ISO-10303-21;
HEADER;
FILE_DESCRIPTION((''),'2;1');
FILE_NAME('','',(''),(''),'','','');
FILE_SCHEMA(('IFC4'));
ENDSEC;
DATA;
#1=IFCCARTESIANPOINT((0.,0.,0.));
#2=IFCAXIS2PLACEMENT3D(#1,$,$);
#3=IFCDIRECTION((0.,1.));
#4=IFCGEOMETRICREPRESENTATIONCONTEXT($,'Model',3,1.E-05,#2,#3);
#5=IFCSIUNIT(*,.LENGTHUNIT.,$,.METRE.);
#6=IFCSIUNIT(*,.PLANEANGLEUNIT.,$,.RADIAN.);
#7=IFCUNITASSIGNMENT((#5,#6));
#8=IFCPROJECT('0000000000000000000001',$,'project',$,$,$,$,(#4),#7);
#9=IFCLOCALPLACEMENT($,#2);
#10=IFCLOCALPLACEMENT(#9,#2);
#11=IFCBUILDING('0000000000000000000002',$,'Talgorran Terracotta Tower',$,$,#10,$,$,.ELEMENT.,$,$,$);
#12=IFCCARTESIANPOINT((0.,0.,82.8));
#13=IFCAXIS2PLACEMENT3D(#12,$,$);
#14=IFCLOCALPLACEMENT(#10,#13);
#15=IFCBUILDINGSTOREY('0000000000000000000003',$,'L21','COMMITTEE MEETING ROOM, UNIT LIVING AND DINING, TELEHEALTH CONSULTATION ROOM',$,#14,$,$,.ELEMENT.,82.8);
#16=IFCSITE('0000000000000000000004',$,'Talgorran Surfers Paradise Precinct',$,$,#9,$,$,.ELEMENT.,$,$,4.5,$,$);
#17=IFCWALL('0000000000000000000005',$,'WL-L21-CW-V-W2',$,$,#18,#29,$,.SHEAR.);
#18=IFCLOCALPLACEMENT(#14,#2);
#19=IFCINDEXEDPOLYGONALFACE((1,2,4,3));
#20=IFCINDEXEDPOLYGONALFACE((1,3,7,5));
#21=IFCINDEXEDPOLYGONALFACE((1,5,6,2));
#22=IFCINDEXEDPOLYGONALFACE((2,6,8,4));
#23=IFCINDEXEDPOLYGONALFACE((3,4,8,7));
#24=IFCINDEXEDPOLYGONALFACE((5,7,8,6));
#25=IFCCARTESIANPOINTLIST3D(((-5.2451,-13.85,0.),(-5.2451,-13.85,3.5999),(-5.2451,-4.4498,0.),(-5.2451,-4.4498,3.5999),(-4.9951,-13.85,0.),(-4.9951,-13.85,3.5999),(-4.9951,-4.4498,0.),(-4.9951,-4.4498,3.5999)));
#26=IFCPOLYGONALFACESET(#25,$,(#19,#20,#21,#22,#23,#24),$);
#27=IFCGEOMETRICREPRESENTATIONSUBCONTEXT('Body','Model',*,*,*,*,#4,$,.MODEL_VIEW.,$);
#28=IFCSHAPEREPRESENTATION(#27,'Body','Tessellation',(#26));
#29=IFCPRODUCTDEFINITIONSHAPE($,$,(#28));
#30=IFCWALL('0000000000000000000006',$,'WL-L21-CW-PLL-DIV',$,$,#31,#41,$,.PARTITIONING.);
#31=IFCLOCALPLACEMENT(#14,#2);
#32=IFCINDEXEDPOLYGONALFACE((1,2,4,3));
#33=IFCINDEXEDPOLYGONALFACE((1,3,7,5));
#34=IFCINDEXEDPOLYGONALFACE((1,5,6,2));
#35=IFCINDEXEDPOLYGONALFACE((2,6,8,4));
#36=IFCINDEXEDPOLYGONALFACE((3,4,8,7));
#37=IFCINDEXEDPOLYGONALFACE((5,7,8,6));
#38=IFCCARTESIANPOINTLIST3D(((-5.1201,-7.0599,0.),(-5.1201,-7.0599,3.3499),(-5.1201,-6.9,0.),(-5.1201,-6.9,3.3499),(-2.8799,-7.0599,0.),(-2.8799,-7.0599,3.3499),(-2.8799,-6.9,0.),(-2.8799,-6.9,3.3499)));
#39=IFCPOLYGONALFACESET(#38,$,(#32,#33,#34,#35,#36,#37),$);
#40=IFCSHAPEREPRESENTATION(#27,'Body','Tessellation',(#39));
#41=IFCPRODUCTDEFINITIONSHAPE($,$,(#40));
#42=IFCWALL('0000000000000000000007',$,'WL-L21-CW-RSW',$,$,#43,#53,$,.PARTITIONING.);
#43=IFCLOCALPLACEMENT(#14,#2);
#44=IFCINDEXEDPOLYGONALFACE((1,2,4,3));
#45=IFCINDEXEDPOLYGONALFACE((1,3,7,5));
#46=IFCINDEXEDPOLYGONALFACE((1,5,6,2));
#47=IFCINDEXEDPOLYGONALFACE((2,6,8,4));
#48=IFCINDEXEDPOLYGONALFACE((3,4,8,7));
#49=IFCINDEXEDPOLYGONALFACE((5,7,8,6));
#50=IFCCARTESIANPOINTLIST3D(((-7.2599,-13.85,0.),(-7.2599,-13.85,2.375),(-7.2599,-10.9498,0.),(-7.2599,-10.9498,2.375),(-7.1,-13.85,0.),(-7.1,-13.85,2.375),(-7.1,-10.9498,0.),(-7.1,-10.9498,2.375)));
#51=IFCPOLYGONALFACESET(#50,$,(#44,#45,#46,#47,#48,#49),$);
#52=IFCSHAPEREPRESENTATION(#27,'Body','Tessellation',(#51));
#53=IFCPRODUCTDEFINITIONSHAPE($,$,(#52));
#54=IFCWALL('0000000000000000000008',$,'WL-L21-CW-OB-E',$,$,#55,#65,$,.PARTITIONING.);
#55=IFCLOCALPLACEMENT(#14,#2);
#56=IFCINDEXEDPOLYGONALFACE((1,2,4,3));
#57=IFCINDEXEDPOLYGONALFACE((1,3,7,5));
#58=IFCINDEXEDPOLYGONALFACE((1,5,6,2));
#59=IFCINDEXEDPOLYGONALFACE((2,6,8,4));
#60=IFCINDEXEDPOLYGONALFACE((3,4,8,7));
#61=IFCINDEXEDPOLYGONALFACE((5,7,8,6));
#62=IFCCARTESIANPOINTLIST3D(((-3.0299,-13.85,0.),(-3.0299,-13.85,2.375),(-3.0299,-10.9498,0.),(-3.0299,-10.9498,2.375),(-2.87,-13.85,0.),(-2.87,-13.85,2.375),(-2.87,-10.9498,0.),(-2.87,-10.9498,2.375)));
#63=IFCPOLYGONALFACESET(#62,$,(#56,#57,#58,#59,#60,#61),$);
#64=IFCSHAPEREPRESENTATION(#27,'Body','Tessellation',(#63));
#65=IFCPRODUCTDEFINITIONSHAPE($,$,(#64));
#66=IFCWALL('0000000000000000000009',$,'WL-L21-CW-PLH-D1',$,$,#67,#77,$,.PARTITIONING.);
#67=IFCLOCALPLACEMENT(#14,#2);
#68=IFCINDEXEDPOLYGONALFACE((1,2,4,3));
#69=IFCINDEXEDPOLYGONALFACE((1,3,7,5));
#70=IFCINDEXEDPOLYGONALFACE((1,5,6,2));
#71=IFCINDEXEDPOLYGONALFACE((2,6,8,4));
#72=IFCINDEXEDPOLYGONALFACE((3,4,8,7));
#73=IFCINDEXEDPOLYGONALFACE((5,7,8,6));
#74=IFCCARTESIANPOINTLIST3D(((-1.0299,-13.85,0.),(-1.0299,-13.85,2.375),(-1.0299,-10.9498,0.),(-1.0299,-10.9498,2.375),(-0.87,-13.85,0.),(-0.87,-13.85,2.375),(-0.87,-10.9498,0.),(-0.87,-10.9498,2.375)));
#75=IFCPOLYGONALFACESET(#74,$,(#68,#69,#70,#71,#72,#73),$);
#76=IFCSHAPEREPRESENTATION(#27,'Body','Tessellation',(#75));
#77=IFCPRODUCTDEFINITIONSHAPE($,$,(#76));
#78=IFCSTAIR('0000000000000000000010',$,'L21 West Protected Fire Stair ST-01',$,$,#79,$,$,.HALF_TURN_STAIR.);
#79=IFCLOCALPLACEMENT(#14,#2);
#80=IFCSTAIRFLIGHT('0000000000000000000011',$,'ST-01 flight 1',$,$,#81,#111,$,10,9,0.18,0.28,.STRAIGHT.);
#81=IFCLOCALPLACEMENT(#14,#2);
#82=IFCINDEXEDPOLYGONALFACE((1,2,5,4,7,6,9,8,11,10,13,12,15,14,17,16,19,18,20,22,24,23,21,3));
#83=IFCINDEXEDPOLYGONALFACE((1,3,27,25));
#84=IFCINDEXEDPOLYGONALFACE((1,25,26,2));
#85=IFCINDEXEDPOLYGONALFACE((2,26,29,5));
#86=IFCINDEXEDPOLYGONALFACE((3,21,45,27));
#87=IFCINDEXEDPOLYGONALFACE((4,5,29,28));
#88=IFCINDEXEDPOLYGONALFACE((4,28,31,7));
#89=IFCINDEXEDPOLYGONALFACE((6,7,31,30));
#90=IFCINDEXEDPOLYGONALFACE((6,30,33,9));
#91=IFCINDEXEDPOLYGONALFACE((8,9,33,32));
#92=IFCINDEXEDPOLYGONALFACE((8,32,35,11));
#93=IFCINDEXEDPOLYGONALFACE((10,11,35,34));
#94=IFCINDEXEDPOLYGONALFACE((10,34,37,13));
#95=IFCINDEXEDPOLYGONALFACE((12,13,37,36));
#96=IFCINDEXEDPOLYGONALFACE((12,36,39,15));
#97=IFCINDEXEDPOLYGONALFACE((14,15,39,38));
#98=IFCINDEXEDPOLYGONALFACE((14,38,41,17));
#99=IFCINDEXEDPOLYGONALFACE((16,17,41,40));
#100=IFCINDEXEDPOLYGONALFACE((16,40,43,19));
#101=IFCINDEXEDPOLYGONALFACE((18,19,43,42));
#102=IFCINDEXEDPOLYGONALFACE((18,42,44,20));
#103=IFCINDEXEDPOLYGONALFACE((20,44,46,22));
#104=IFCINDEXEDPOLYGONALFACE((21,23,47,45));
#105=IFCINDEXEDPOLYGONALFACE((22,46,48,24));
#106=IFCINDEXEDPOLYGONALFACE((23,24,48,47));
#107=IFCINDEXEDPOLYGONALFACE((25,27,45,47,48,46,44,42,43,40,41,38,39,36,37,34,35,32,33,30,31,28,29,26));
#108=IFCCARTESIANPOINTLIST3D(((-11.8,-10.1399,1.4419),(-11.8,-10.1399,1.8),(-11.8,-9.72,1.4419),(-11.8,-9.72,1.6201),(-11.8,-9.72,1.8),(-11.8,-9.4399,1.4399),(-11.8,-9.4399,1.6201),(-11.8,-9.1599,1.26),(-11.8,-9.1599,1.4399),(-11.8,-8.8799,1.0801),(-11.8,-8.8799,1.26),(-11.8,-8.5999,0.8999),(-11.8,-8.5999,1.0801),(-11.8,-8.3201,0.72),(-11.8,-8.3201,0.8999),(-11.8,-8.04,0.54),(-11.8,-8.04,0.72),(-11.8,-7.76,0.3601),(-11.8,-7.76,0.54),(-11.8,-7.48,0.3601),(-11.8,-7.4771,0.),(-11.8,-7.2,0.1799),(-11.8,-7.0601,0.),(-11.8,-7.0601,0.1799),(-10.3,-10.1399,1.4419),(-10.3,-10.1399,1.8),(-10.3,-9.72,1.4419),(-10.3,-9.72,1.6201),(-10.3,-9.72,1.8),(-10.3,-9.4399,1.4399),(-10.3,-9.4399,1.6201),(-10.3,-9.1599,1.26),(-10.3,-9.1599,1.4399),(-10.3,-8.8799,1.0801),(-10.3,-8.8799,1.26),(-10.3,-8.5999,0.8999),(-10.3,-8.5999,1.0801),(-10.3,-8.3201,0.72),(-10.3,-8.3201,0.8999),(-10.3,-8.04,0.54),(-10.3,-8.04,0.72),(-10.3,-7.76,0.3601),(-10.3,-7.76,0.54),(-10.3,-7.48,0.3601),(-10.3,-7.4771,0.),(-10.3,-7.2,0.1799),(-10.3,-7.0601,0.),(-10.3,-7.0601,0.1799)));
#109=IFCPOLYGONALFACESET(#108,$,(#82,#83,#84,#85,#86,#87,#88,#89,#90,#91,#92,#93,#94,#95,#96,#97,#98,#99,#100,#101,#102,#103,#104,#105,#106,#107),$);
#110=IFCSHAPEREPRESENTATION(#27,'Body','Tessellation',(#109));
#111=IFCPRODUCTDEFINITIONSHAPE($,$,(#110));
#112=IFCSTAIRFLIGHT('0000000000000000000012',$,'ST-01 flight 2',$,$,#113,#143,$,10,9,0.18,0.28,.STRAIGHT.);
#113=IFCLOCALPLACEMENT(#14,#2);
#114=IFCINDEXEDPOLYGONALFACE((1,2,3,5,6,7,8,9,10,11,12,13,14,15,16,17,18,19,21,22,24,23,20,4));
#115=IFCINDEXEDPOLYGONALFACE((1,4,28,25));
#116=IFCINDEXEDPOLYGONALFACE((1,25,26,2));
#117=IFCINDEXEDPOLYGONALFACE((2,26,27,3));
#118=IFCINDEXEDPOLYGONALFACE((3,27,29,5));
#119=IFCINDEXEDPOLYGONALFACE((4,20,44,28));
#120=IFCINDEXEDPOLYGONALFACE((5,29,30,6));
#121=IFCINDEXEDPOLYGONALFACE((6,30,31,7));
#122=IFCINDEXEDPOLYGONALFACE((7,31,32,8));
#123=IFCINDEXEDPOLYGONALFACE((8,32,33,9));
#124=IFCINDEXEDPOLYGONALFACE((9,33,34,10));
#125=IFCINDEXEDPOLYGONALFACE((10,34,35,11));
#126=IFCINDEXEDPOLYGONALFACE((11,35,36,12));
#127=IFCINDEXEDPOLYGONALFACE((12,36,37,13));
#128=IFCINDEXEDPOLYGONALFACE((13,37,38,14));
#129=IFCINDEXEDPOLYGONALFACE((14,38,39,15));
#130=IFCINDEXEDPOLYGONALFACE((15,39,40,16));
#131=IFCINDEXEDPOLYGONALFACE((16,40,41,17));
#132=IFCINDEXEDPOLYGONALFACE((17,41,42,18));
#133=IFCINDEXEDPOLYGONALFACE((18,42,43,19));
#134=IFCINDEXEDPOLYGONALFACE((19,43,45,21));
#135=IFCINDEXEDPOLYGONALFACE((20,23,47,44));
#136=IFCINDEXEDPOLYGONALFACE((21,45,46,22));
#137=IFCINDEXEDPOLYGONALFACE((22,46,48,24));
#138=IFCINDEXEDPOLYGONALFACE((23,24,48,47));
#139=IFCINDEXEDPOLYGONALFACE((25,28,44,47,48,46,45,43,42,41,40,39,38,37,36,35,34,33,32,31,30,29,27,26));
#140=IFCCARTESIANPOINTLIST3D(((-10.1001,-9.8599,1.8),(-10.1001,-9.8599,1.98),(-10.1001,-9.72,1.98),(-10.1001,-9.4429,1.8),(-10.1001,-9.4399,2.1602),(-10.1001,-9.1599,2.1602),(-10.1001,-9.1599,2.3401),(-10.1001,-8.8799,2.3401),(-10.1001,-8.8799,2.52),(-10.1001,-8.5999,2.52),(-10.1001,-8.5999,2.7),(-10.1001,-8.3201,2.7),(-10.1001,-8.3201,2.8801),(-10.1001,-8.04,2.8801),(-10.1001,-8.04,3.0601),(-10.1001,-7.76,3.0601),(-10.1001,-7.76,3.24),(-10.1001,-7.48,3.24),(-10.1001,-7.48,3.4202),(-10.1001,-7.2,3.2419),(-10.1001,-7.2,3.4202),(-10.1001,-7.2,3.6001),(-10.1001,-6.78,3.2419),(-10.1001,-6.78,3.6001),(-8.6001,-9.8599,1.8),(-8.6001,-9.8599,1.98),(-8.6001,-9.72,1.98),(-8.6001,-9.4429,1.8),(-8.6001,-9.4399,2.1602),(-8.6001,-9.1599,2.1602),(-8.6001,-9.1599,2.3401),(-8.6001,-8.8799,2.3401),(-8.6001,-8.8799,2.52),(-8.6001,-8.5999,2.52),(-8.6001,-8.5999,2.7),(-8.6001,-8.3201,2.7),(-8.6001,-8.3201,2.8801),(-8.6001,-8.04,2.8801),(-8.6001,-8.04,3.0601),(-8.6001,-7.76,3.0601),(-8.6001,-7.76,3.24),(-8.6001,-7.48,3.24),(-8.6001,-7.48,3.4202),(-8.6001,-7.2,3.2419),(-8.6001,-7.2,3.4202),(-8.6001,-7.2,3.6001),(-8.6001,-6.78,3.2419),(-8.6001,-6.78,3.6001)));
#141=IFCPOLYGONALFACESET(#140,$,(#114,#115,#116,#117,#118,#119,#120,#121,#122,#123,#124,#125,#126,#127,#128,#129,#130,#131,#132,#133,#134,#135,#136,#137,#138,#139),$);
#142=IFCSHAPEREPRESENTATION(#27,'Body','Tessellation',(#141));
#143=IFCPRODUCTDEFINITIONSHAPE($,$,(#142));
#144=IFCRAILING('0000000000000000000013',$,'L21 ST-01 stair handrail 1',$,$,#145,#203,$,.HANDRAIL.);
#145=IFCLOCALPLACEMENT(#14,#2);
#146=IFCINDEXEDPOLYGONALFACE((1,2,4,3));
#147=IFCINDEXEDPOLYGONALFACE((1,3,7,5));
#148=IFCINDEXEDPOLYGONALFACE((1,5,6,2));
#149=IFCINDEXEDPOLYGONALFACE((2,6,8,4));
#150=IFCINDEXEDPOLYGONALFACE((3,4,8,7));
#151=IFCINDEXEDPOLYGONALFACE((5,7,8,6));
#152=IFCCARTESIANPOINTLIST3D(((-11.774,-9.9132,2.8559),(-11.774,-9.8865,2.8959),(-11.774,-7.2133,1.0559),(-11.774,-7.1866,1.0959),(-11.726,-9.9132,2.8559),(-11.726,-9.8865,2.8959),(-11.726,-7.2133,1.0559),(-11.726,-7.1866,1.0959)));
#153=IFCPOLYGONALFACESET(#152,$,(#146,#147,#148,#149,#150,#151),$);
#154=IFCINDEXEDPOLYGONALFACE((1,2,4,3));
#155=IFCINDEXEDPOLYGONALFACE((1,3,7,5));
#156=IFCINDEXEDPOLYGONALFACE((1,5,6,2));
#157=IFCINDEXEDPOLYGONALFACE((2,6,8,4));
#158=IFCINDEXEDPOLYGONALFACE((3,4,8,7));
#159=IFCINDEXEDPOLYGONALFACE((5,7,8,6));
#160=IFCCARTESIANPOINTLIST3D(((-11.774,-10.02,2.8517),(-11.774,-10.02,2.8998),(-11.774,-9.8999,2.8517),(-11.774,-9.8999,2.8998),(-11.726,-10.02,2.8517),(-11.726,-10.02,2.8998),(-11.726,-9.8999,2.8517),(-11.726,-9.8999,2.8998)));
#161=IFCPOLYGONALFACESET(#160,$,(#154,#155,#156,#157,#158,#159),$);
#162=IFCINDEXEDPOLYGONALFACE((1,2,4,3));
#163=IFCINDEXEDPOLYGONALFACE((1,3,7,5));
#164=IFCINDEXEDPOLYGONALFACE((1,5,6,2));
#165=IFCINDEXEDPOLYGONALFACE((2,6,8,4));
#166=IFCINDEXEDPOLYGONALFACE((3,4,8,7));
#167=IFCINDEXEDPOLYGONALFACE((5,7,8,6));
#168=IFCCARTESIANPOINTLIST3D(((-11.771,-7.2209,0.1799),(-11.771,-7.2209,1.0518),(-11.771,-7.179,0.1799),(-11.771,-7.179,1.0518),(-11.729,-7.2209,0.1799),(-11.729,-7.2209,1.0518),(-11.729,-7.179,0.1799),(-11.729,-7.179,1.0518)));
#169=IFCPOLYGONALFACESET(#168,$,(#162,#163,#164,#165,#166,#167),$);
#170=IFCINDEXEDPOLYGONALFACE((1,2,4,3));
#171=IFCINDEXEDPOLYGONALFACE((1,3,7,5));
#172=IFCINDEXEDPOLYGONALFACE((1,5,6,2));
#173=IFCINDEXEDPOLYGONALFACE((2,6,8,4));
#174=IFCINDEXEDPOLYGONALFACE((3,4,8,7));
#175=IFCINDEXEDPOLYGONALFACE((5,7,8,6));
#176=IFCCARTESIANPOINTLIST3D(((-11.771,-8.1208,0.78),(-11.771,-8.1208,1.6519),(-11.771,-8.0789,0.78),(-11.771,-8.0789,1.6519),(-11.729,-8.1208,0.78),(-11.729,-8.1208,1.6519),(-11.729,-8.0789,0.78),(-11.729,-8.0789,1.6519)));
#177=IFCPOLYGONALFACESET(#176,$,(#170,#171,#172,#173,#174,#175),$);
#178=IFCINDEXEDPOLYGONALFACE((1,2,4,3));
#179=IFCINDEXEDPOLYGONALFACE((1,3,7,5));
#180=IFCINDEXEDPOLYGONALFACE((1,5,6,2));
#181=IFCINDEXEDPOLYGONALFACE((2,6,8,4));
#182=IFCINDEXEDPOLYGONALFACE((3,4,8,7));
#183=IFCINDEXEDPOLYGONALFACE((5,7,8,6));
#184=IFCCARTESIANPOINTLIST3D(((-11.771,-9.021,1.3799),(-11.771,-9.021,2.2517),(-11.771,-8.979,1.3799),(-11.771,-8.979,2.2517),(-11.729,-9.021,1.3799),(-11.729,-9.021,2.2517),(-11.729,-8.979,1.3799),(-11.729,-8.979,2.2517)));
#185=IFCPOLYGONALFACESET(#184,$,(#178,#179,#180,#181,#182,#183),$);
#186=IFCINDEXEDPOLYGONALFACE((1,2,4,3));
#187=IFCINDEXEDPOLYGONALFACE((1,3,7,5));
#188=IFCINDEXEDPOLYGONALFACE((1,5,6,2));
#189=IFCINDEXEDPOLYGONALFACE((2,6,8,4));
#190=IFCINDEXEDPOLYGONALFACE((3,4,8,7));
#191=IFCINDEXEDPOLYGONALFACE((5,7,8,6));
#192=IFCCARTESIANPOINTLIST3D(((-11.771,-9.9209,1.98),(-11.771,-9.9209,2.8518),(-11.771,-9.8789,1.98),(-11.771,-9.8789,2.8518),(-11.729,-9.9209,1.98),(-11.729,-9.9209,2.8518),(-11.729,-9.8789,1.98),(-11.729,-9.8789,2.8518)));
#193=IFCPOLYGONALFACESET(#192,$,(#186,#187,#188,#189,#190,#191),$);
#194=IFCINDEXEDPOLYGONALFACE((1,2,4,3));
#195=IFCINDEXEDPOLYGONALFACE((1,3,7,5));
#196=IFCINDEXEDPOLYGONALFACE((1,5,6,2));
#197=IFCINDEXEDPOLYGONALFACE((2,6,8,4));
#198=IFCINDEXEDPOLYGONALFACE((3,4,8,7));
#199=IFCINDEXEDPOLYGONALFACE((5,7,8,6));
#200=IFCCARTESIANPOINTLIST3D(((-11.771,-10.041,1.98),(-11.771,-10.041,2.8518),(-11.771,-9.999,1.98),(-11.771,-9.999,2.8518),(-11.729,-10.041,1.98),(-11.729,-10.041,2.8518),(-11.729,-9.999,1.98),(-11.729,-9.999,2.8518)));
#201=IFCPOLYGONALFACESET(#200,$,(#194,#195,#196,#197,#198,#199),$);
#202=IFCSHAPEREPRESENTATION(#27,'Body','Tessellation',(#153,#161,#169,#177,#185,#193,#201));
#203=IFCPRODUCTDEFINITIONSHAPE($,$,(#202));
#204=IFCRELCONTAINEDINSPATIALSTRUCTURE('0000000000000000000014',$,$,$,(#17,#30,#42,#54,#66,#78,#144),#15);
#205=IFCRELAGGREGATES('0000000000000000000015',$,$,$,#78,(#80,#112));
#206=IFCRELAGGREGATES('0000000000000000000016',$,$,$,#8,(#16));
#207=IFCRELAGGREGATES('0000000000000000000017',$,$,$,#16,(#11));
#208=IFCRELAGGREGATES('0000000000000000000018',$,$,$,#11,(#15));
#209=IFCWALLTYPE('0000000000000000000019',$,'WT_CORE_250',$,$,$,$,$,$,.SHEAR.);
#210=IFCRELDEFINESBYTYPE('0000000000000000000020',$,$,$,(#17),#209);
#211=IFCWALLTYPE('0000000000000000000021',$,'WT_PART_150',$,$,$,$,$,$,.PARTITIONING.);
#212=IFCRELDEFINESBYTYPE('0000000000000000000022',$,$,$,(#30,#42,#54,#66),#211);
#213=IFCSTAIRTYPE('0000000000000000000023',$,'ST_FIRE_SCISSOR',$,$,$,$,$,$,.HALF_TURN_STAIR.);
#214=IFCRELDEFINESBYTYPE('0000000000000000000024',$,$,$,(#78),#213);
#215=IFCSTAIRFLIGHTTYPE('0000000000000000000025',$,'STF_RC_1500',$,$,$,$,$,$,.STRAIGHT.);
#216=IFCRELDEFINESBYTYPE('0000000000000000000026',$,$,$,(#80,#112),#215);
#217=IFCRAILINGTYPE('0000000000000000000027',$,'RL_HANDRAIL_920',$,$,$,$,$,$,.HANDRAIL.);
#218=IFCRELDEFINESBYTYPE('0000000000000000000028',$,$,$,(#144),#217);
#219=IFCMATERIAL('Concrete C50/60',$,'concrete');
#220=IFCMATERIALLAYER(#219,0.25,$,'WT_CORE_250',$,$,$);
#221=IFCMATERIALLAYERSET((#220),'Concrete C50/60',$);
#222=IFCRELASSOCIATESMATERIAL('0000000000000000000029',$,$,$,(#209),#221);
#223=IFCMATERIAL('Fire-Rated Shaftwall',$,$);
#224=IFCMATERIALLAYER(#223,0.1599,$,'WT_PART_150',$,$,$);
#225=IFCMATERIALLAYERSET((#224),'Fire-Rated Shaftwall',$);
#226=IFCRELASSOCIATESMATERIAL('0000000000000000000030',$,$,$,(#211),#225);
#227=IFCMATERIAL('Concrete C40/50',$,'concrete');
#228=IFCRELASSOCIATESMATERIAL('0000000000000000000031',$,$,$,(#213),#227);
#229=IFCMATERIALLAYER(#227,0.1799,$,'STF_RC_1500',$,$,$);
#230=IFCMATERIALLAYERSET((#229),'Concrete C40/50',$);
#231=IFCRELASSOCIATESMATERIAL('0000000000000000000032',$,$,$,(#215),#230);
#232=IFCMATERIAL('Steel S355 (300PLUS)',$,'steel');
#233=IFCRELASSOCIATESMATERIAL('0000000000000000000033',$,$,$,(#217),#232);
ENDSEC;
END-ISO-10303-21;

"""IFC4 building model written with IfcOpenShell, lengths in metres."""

from ifc_helpers import new_model, si_unit, direction, frame, frame_2d, origin, origin_2d, place, context, subcontext, project, spatial, polyline, rectangle, outline, extrude, material, layer, layer_set, type_object, element, aggregate, save


model = new_model("IFC4")

# Units and contexts
model_context = context("Model", 3, precision=1e-05, world=origin(), true_north=direction((0.0, 1.0)))
body_context = subcontext(model_context, "Body", "Model", "MODEL_VIEW")
ifc_project = project(units=[si_unit("LENGTHUNIT", "METRE"), si_unit("PLANEANGLEUNIT", "RADIAN")], contexts=[model_context])

# Site, building, storey
site_placement = place(None, origin())
site = spatial("IfcSite", under=ifc_project, at=site_placement, Name="Talgorran Surfers Paradise Precinct", CompositionType="ELEMENT", RefElevation=4.5)
building_placement = place(site_placement, origin())
building = spatial("IfcBuilding", under=site, at=building_placement, Name="Talgorran Terracotta Tower", CompositionType="ELEMENT")
storey_placement = place(building_placement, frame((0.0, 0.0, 82.8)))
storey = spatial("IfcBuildingStorey", under=building, at=storey_placement, Name="L21", Description="COMMITTEE MEETING ROOM, UNIT LIVING AND DINING, TELEHEALTH CONSULTATION ROOM", CompositionType="ELEMENT", Elevation=82.8)

# Shared definitions
ifc_material_1 = material(Name="Concrete C50/60", Category="concrete")

# Walls
ifc_layer_1 = layer(ifc_material_1, 0.25, Name="WT_CORE_250")
ifc_layer_set_1 = layer_set([ifc_layer_1], Name="Concrete C50/60")
wall_type_1 = type_object("IfcWallType", Name="WT_CORE_250", PredefinedType="SHEAR", material=ifc_layer_set_1)
wall_1_placement = place(storey_placement, frame((-5.1201, -13.8501, 0.0), z_axis=(0.0, 0.0, 1.0), x_axis=(0.0, 1.0, 0.0)))
element("IfcWall", 1, at=wall_1_placement, inside=storey, type_object=wall_type_1, Name="WL-L21-CW-V-W2", PredefinedType="SHEAR", context=body_context, shape_type="SweptSolid", body=[
    extrude(rectangle(XDim=9.4001, YDim=0.25, at=frame_2d((4.7002, 0.0))), origin(), (0.0, 0.0, 1.0), 3.5999),
])
ifc_material_2 = material(Name="Fire-Rated Shaftwall")
ifc_layer_2 = layer(ifc_material_2, 0.1599, Name="WT_PART_150")
ifc_layer_set_2 = layer_set([ifc_layer_2], Name="Fire-Rated Shaftwall")
wall_type_2 = type_object("IfcWallType", Name="WT_PART_150", PredefinedType="PARTITIONING", material=ifc_layer_set_2)
wall_2_placement = place(storey_placement, frame((-5.1201, -6.98, 0.0), z_axis=(0.0, 0.0, 1.0), x_axis=(1.0, 0.0, 0.0)))
element("IfcWall", 2, at=wall_2_placement, inside=storey, type_object=wall_type_2, Name="WL-L21-CW-PLL-DIV", PredefinedType="PARTITIONING", context=body_context, shape_type="SweptSolid", body=[
    extrude(rectangle(XDim=2.2402, YDim=0.1599, at=frame_2d((1.1201, 0.0))), origin(), (0.0, 0.0, 1.0), 3.3499),
])
for number, where, z_axis, x_axis, name in (
    (3, (-7.1799, -13.8501, 0.0), (0.0, 0.0, 1.0), (0.0, 1.0, 0.0), "WL-L21-CW-RSW"),
    (4, (-2.95, -13.8501, 0.0), (0.0, 0.0, 1.0), (0.0, 1.0, 0.0), "WL-L21-CW-OB-E"),
    (5, (-0.95, -13.8501, 0.0), (0.0, 0.0, 1.0), (0.0, 1.0, 0.0), "WL-L21-CW-PLH-D1"),
):
    element("IfcWall", number, at=place(storey_placement, frame(where, z_axis=z_axis, x_axis=x_axis)), inside=storey, type_object=wall_type_2, Name=name, PredefinedType="PARTITIONING", context=body_context, shape_type="SweptSolid", body=[
        extrude(rectangle(XDim=2.9001, YDim=0.1599, at=frame_2d((1.4502, 0.0))), origin(), (0.0, 0.0, 1.0), 2.375),
    ])

# Stair, stair flights
ifc_material_3 = material(Name="Concrete C40/50", Category="concrete")
stair_type = type_object("IfcStairType", Name="ST_FIRE_SCISSOR", PredefinedType="HALF_TURN_STAIR", material=ifc_material_3)
stair_placement = place(storey_placement, origin())
stair = element("IfcStair", 6, at=stair_placement, inside=storey, type_object=stair_type, Name="L21 West Protected Fire Stair ST-01", PredefinedType="HALF_TURN_STAIR")
ifc_layer_3 = layer(ifc_material_3, 0.1799, Name="STF_RC_1500")
ifc_layer_set_3 = layer_set([ifc_layer_3], Name="Concrete C40/50")
stair_flight_type = type_object("IfcStairFlightType", Name="STF_RC_1500", PredefinedType="STRAIGHT", material=ifc_layer_set_3)
stair_flight_1_placement = place(storey_placement, frame((-11.05, -7.2, 0.0), z_axis=(0.0, 0.0, 1.0), x_axis=(0.0, -1.0, 0.0)))
stair_flight_1 = element("IfcStairFlight", 7, at=stair_flight_1_placement, type_object=stair_flight_type, Name="ST-01 flight 1", NumberOfRisers=10, NumberOfTreads=9, PredefinedType="STRAIGHT", RiserHeight=0.18, TreadLength=0.28, context=body_context, shape_type="SweptSolid", body=[
    extrude(outline(polyline([(-0.1399, 0.0), (-0.1399, 0.1799), (0.0, 0.1799), (0.28, 0.3601), (0.5601, 0.3601), (0.5601, 0.54), (0.8401, 0.54), (0.8401, 0.72), (1.1201, 0.72), (1.1201, 0.8999), (1.3999, 0.8999), (1.3999, 1.0801), (1.6799, 1.0801), (1.6799, 1.26), (1.96, 1.26), (1.96, 1.4399), (2.24, 1.4399), (2.24, 1.6201), (2.52, 1.6201), (2.52, 1.8), (2.9399, 1.8), (2.9399, 1.4419), (2.52, 1.4419), (0.2771, 0.0), (-0.1399, 0.0)])), frame((0.0, 0.75, 0.0), z_axis=(0.0, -1.0, 0.0), x_axis=(1.0, 0.0, 0.0)), (0.0, 0.0, 1.0), 1.5),
])
stair_flight_2_placement = place(storey_placement, frame((-9.3501, -9.72, 1.8), z_axis=(0.0, 0.0, 1.0), x_axis=(0.0, 1.0, 0.0)))
stair_flight_2 = element("IfcStairFlight", 8, at=stair_flight_2_placement, type_object=stair_flight_type, Name="ST-01 flight 2", NumberOfRisers=10, NumberOfTreads=9, PredefinedType="STRAIGHT", RiserHeight=0.18, TreadLength=0.28, context=body_context, shape_type="SweptSolid", body=[
    extrude(outline(polyline([(-0.1399, 0.0), (-0.1399, 0.1799), (0.0, 0.1799), (0.28, 0.3601), (0.5601, 0.3601), (0.5601, 0.54), (0.8401, 0.54), (0.8401, 0.72), (1.1201, 0.72), (1.1201, 0.8999), (1.3999, 0.8999), (1.3999, 1.0801), (1.6799, 1.0801), (1.6799, 1.26), (1.96, 1.26), (1.96, 1.4399), (2.24, 1.4399), (2.24, 1.6201), (2.52, 1.6201), (2.52, 1.8), (2.9399, 1.8), (2.9399, 1.4419), (2.52, 1.4419), (0.2771, 0.0), (-0.1399, 0.0)])), frame((0.0, 0.75, 0.0), z_axis=(0.0, -1.0, 0.0), x_axis=(1.0, 0.0, 0.0)), (0.0, 0.0, 1.0), 1.5),
])
aggregate(stair, [stair_flight_1, stair_flight_2])

# Railing
ifc_material_4 = material(Name="Steel S355 (300PLUS)", Category="steel")
railing_type_1 = type_object("IfcRailingType", Name="RL_HANDRAIL_920", PredefinedType="HANDRAIL", material=ifc_material_4)
railing_1_placement = place(storey_placement, frame((-11.75, -7.2, 0.1799)))
element("IfcRailing", 9, at=railing_1_placement, inside=storey, type_object=railing_type_1, Name="L21 ST-01 stair handrail 1", PredefinedType="HANDRAIL", context=body_context, shape_type="SweptSolid", body=[
    extrude(rectangle(XDim=0.0481, YDim=0.0481, at=origin_2d()), frame((0.0, 0.0, 0.896), z_axis=(0.0, -0.832039, 0.554718), x_axis=(1.0, 0.0, 0.0)), (0.0, 0.0, 1.0), 3.2449),
    extrude(rectangle(XDim=0.0481, YDim=0.0481, at=origin_2d()), frame((0.0, -2.7, 2.6958), z_axis=(0.0, -1.0, 0.0), x_axis=(1.0, 0.0, 0.0)), (0.0, 0.0, 1.0), 0.1201),
    extrude(rectangle(XDim=0.042, YDim=0.042, at=origin_2d()), origin(), (0.0, 0.0, 1.0), 0.8718),
    extrude(rectangle(XDim=0.042, YDim=0.042, at=origin_2d()), frame((0.0, -0.8999, 0.6001)), (0.0, 0.0, 1.0), 0.8718),
    extrude(rectangle(XDim=0.042, YDim=0.042, at=origin_2d()), frame((0.0, -1.8, 1.2)), (0.0, 0.0, 1.0), 0.8718),
    extrude(rectangle(XDim=0.042, YDim=0.042, at=origin_2d()), frame((0.0, -2.7, 1.8)), (0.0, 0.0, 1.0), 0.8718),
    extrude(rectangle(XDim=0.042, YDim=0.042, at=origin_2d()), frame((0.0, -2.8201, 1.8)), (0.0, 0.0, 1.0), 0.8718),
])

save(model, "model.ifc")
